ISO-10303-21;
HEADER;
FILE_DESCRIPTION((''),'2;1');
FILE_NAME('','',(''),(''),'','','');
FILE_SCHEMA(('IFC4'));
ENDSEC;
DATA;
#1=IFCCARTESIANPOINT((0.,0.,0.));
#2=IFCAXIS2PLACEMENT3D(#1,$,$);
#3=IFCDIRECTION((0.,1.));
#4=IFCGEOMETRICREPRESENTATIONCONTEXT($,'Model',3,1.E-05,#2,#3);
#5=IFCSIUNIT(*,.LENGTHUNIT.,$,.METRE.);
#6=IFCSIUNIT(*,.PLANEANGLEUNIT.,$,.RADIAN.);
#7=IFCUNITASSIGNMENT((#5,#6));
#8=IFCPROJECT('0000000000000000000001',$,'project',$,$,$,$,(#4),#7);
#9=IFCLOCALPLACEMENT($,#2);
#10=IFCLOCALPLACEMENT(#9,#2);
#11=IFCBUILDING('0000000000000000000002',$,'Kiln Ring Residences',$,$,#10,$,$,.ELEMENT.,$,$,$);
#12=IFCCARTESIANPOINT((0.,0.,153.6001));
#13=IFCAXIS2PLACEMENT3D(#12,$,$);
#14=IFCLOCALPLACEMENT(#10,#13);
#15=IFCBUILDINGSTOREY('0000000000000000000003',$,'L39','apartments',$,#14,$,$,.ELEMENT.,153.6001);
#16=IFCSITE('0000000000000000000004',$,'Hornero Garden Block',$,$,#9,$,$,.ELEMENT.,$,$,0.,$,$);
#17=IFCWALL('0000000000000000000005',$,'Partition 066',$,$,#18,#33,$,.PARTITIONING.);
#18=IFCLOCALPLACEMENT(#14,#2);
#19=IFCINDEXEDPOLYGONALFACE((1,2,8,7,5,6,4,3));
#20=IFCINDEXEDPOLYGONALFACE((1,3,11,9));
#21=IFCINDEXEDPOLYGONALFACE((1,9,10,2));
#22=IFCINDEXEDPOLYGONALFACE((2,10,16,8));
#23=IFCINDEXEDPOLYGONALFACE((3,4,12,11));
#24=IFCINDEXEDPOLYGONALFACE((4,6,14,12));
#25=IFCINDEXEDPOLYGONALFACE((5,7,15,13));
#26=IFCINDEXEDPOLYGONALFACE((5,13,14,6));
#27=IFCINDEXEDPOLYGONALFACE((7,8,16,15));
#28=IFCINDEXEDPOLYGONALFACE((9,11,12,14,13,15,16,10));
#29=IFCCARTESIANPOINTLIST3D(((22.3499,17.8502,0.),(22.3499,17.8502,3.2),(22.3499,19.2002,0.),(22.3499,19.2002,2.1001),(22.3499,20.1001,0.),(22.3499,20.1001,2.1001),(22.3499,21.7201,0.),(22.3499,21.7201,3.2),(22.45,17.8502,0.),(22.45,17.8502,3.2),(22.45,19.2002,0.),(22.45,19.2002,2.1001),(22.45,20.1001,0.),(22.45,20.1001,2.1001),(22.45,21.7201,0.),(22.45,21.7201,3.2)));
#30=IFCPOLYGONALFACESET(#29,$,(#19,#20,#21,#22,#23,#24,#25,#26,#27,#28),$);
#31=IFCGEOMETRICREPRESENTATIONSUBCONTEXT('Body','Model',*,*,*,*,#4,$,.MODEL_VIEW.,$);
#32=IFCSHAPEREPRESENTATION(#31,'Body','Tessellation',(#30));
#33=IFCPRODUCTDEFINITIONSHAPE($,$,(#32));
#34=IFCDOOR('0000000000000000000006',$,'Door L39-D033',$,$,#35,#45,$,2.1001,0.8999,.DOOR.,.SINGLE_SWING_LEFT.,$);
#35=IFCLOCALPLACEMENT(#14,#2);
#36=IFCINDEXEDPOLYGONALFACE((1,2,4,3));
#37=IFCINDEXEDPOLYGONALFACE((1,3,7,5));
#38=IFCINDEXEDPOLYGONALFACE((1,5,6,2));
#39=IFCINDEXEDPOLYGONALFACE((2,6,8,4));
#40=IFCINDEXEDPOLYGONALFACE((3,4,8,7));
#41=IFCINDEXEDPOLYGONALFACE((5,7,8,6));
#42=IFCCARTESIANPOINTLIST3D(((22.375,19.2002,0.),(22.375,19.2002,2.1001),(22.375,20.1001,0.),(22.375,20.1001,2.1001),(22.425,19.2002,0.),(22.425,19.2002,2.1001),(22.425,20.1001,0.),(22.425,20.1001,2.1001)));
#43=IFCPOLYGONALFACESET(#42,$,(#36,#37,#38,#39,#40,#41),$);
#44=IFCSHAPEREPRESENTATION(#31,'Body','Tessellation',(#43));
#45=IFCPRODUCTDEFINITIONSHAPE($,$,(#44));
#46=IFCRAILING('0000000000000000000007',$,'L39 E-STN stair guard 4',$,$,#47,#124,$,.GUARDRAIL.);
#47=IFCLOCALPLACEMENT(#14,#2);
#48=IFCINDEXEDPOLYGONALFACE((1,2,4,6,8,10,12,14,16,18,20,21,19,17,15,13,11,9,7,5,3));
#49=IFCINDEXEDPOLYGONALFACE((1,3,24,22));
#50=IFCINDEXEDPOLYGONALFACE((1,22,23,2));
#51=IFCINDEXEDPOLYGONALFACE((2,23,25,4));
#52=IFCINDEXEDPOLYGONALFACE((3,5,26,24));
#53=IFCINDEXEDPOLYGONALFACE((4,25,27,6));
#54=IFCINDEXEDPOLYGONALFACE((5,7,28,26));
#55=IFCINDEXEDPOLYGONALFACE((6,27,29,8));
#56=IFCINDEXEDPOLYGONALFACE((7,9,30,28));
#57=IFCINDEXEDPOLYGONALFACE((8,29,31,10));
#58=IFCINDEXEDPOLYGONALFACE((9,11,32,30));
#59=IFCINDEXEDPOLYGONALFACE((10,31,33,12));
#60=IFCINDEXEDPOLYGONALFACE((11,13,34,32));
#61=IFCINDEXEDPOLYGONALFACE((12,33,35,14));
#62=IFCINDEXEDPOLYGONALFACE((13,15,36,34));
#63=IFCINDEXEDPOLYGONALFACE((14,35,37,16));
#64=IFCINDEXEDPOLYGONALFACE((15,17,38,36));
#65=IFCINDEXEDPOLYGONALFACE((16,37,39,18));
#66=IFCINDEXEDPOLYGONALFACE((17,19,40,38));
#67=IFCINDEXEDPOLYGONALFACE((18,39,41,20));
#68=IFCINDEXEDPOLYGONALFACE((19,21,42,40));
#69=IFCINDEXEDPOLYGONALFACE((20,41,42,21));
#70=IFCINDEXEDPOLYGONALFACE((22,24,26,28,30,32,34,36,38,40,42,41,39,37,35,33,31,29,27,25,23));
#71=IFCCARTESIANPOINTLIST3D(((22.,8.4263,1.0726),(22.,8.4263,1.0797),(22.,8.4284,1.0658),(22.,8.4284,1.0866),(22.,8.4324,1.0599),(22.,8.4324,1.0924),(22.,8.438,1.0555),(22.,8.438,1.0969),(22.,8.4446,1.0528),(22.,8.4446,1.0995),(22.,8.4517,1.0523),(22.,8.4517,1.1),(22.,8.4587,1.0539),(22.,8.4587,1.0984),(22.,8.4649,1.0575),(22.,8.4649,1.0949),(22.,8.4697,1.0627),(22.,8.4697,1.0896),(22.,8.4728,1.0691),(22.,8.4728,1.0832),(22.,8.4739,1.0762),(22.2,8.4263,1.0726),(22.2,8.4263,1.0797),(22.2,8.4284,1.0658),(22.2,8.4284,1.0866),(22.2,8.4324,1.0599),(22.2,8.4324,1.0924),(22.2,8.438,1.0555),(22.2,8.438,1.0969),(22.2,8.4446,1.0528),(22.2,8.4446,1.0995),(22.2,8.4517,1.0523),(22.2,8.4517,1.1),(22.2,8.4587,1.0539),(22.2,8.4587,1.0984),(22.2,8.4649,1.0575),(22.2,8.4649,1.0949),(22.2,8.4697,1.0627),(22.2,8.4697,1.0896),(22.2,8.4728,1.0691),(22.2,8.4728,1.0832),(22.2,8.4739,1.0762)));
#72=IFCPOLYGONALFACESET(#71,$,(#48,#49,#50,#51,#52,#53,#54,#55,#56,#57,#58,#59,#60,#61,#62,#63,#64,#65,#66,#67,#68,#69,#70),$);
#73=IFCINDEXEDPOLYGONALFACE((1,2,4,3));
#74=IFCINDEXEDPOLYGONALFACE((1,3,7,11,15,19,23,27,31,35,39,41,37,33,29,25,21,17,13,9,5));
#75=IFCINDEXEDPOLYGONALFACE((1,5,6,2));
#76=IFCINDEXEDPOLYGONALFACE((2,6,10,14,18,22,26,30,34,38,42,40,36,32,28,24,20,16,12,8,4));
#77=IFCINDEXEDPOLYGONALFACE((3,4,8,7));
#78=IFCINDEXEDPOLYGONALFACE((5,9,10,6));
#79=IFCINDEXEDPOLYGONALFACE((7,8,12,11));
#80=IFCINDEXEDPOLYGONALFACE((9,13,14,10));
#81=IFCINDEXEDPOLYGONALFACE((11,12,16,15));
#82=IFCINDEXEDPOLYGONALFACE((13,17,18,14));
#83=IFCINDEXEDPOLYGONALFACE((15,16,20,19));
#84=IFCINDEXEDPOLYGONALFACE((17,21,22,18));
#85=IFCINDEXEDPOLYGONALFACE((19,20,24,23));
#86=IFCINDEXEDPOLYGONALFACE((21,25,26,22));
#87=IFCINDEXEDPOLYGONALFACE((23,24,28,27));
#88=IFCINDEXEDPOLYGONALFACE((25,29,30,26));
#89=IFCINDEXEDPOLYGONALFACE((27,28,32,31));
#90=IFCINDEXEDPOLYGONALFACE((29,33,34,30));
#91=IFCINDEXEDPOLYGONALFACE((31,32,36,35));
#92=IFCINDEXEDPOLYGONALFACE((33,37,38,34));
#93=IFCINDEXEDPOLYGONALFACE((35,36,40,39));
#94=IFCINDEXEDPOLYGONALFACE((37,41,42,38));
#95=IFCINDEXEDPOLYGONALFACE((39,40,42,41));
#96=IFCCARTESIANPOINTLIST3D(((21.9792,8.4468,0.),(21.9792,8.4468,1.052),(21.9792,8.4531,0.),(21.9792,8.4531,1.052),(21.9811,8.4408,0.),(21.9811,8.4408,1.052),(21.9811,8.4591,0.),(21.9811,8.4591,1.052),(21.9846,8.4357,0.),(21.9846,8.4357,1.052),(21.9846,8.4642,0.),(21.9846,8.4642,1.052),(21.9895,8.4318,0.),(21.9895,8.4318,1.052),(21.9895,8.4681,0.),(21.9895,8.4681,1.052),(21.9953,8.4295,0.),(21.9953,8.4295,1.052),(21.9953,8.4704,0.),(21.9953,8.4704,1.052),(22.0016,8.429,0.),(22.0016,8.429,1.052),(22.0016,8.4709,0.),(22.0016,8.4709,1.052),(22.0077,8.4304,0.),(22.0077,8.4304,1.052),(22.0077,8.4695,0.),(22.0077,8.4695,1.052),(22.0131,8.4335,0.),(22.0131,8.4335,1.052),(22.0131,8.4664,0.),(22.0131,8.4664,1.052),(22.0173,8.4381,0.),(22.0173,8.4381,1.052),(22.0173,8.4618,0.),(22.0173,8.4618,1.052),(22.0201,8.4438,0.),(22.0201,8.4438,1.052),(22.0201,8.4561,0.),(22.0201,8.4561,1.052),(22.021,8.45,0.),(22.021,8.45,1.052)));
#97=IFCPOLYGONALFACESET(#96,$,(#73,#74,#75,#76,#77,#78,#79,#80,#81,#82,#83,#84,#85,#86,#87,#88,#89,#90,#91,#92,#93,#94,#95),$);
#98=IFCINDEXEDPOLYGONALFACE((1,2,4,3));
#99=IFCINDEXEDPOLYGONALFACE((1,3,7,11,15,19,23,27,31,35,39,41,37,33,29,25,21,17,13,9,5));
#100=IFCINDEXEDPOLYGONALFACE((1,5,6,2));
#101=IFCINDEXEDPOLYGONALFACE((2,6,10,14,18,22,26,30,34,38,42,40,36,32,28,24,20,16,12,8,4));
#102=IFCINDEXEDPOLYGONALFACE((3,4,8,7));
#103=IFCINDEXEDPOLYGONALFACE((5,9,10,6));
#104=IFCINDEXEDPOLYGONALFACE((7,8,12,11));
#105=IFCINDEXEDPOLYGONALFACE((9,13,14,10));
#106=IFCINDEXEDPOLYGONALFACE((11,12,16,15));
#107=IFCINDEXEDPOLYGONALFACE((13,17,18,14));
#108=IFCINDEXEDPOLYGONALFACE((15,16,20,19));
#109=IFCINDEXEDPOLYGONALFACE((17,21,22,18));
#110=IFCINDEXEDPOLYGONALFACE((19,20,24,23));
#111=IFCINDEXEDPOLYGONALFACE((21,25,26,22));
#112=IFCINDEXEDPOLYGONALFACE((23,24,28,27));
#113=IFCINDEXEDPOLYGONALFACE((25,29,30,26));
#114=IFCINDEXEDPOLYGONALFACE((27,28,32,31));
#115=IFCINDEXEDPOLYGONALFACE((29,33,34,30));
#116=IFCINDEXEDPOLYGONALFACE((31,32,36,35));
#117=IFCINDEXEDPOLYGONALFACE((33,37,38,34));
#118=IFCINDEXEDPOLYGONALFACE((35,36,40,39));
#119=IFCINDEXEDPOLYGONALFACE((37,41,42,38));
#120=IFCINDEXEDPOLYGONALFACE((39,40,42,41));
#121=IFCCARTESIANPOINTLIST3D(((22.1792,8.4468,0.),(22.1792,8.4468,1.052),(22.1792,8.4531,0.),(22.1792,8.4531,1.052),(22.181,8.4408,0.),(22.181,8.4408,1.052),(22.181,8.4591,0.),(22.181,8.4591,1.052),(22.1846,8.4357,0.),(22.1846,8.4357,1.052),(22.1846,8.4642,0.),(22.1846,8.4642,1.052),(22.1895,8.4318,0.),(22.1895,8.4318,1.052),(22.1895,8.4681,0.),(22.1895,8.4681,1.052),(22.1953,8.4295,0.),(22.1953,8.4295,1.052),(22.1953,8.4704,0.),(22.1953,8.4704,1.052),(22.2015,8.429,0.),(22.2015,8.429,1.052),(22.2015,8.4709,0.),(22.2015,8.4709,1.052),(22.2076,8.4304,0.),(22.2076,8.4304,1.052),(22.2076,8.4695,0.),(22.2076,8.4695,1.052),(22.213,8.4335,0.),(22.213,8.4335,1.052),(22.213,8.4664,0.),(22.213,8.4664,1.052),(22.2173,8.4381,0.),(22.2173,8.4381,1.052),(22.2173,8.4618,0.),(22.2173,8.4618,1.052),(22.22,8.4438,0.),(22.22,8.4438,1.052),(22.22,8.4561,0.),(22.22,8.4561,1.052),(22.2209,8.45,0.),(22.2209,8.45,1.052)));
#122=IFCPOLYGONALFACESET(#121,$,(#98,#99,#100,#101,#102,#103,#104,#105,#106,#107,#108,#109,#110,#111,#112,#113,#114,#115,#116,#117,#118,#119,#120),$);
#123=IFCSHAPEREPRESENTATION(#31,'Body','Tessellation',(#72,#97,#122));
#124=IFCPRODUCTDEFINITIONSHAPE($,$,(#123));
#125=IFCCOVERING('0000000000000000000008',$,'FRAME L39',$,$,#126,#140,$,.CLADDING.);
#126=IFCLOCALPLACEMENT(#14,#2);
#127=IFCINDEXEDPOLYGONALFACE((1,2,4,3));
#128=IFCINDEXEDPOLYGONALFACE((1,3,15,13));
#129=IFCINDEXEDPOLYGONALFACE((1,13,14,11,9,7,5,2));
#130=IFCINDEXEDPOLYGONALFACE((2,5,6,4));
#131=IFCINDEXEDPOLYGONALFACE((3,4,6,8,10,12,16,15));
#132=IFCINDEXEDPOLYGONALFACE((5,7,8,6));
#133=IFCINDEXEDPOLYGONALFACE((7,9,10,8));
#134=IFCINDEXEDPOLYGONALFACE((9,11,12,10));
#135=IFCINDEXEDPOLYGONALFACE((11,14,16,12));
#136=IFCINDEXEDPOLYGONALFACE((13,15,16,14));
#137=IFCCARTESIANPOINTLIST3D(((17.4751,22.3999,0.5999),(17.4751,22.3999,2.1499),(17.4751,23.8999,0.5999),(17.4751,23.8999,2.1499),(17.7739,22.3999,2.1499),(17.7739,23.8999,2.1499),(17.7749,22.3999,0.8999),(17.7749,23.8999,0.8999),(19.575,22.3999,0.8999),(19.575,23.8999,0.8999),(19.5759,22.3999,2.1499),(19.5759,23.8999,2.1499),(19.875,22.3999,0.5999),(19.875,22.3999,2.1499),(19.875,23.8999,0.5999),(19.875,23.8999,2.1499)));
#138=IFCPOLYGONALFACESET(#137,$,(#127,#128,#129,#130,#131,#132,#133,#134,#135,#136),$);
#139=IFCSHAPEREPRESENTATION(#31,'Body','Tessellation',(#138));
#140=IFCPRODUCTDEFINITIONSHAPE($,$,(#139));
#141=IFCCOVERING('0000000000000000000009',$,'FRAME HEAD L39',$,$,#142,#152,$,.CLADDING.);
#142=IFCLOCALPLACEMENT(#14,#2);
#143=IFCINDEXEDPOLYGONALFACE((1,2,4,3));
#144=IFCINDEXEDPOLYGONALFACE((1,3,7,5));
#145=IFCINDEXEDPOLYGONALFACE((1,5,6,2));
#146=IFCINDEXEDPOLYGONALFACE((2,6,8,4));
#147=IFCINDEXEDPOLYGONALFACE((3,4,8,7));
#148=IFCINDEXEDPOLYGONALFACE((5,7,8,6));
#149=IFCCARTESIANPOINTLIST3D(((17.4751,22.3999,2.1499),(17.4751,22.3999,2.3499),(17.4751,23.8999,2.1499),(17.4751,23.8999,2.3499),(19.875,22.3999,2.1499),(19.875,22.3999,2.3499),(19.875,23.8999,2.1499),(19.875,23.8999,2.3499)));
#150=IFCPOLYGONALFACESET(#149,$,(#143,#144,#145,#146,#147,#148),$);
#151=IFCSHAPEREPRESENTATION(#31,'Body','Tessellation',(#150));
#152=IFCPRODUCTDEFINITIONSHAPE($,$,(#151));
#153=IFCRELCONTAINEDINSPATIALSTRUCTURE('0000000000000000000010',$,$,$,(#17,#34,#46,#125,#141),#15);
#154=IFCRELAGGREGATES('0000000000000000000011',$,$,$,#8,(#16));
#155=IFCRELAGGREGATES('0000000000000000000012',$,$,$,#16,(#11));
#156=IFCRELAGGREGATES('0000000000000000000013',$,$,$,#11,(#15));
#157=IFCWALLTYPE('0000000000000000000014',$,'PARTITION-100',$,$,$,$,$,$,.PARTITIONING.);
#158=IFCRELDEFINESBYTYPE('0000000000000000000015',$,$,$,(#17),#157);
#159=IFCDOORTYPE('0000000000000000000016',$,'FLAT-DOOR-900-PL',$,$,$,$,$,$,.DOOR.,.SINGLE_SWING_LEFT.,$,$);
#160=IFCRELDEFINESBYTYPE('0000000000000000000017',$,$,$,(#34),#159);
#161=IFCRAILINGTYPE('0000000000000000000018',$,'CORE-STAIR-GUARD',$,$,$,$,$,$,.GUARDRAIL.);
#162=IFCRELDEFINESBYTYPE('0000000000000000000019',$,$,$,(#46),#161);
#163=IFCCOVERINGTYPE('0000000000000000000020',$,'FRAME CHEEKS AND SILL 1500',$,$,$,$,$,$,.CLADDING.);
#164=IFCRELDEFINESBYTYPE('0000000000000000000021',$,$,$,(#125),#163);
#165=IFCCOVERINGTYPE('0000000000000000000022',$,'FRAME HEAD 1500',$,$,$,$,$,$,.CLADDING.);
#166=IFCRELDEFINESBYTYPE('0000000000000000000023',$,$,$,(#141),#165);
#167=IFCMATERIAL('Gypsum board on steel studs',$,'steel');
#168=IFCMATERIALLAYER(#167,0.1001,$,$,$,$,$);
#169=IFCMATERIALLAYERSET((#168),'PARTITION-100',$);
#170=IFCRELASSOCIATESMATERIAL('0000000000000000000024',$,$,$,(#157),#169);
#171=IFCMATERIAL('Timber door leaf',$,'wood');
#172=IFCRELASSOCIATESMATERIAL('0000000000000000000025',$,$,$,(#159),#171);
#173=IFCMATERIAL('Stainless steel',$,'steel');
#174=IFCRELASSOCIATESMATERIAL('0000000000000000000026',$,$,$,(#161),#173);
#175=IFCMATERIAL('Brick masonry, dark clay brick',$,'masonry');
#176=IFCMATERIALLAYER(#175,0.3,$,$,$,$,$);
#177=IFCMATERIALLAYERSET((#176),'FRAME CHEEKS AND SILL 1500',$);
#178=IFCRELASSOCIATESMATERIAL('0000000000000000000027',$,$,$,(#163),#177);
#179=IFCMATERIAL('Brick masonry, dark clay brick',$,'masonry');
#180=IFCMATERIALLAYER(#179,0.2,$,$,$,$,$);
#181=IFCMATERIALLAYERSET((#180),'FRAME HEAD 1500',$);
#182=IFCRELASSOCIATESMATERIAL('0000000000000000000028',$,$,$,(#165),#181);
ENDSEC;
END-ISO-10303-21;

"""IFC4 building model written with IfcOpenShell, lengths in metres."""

from ifc_helpers import new_model, si_unit, direction, frame, frame_2d, origin, origin_2d, place, context, subcontext, project, spatial, polyline, rectangle, circle, outline, extrude, material, layer, layer_set, type_object, element, fill, save


model = new_model("IFC4")

# Units and contexts
model_context = context("Model", 3, precision=1e-05, world=origin(), true_north=direction((0.0, 1.0)))
body_context = subcontext(model_context, "Body", "Model", "MODEL_VIEW")
ifc_project = project(units=[si_unit("LENGTHUNIT", "METRE"), si_unit("PLANEANGLEUNIT", "RADIAN")], contexts=[model_context])

# Site, building, storey
site_placement = place(None, origin())
site = spatial("IfcSite", under=ifc_project, at=site_placement, Name="Hornero Garden Block", CompositionType="ELEMENT", RefElevation=0.0)
building_placement = place(site_placement, origin())
building = spatial("IfcBuilding", under=site, at=building_placement, Name="Kiln Ring Residences", CompositionType="ELEMENT")
storey_placement = place(building_placement, frame((0.0, 0.0, 153.6001)))
storey = spatial("IfcBuildingStorey", under=building, at=storey_placement, Name="L39", Description="apartments", CompositionType="ELEMENT", Elevation=153.6001)

# Shared definitions
ifc_material_1 = material(Name="Gypsum board on steel studs", Category="steel")
ifc_layer_1 = layer(ifc_material_1, 0.1001)
ifc_layer_set_1 = layer_set([ifc_layer_1], Name="PARTITION-100")
wall_type_1 = type_object("IfcWallType", Name="PARTITION-100", PredefinedType="PARTITIONING", material=ifc_layer_set_1)

# Wall, opening, door
wall_1_placement = place(storey_placement, frame((22.3999, 17.8501, 0.0), z_axis=(0.0, 0.0, 1.0), x_axis=(0.0, 1.0, 0.0)))
wall_1 = element("IfcWall", 1, at=wall_1_placement, inside=storey, type_object=wall_type_1, Name="Partition 066", PredefinedType="PARTITIONING", context=body_context, shape_type="SweptSolid", body=[
    extrude(rectangle(XDim=3.8699, YDim=0.1001, at=frame_2d((1.9351, 0.0))), origin(), (0.0, 0.0, 1.0), 3.2),
])
opening_1_placement = place(wall_1_placement, frame((1.3501, 0.0, 0.0)))
opening_1 = element("IfcOpeningElement", 2, at=opening_1_placement, cuts=wall_1, PredefinedType="OPENING", context=body_context, shape_type="SweptSolid", body=[
    extrude(rectangle(XDim=0.8999, YDim=2.1001, at=frame_2d((0.45, 1.05))), frame((0.0, 0.0601, 0.0), z_axis=(0.0, -1.0, 0.0), x_axis=(1.0, 0.0, 0.0)), (0.0, 0.0, 1.0), 0.1201),
])
ifc_material_2 = material(Name="Timber door leaf", Category="wood")
door_type_1 = type_object("IfcDoorType", Name="FLAT-DOOR-900-PL", OperationType="SINGLE_SWING_LEFT", PredefinedType="DOOR", material=ifc_material_2)
door_1_placement = place(opening_1_placement, origin())
door_1 = element("IfcDoor", 3, at=door_1_placement, inside=storey, type_object=door_type_1, Name="Door L39-D033", OperationType="SINGLE_SWING_LEFT", OverallHeight=2.1001, OverallWidth=0.8999, PredefinedType="DOOR", context=body_context, shape_type="SweptSolid", body=[
    extrude(rectangle(XDim=0.8999, YDim=2.1001, at=frame_2d((0.45, 1.05))), frame((0.0, 0.0249, 0.0), z_axis=(0.0, -1.0, 0.0), x_axis=(1.0, 0.0, 0.0)), (0.0, 0.0, 1.0), 0.05),
])
fill(opening_1, door_1)

# Railing
ifc_material_3 = material(Name="Stainless steel", Category="steel")
railing_type = type_object("IfcRailingType", Name="CORE-STAIR-GUARD", PredefinedType="GUARDRAIL", material=ifc_material_3)
railing_placement = place(storey_placement, frame((22.0, 8.45, 0.0)))
element("IfcRailing", 4, at=railing_placement, inside=storey, type_object=railing_type, Name="L39 E-STN stair guard 4", PredefinedType="GUARDRAIL", context=body_context, shape_type="SweptSolid", body=[
    extrude(circle(Radius=0.0239, at=origin_2d()), frame((0.0, 0.0, 1.0762), z_axis=(1.0, 0.0, 0.0), x_axis=(0.0, 1.0, 0.0)), (0.0, 0.0, 1.0), 0.2),
    extrude(circle(Radius=0.021, at=origin_2d()), origin(), (0.0, 0.0, 1.0), 1.052),
    extrude(circle(Radius=0.021, at=origin_2d()), frame((0.2, 0.0, 0.0)), (0.0, 0.0, 1.0), 1.052),
])

# Coverings
ifc_material_4 = material(Name="Brick masonry, dark clay brick", Category="masonry")
ifc_layer_2 = layer(ifc_material_4, 0.3)
ifc_layer_set_2 = layer_set([ifc_layer_2], Name="FRAME CHEEKS AND SILL 1500")
covering_type_1 = type_object("IfcCoveringType", Name="FRAME CHEEKS AND SILL 1500", PredefinedType="CLADDING", material=ifc_layer_set_2)
covering_1_placement = place(storey_placement, frame((19.875, 23.1499, 0.5999), z_axis=(0.0, 0.0, 1.0), x_axis=(-1.0, 0.0, 0.0)))
element("IfcCovering", 5, at=covering_1_placement, inside=storey, type_object=covering_type_1, Name="FRAME L39", PredefinedType="CLADDING", context=body_context, shape_type="SweptSolid", body=[
    extrude(outline(polyline([(0.0, 0.0), (2.3999, 0.0), (2.3999, 1.55), (2.1011, 1.55), (2.1001, 0.3), (0.3, 0.3), (0.2991, 1.55), (0.0, 1.55), (0.0, 0.0)])), frame((0.0, 0.75, 0.0), z_axis=(0.0, -1.0, 0.0), x_axis=(1.0, 0.0, 0.0)), (0.0, 0.0, 1.0), 1.5),
])
ifc_material_5 = material(Name="Brick masonry, dark clay brick", Category="masonry")
ifc_layer_3 = layer(ifc_material_5, 0.2)
ifc_layer_set_3 = layer_set([ifc_layer_3], Name="FRAME HEAD 1500")
covering_type_2 = type_object("IfcCoveringType", Name="FRAME HEAD 1500", PredefinedType="CLADDING", material=ifc_layer_set_3)
covering_2_placement = place(storey_placement, frame((18.675, 23.1499, 2.1499), z_axis=(0.0, 0.0, 1.0), x_axis=(-1.0, 0.0, 0.0)))
element("IfcCovering", 6, at=covering_2_placement, inside=storey, type_object=covering_type_2, Name="FRAME HEAD L39", PredefinedType="CLADDING", context=body_context, shape_type="SweptSolid", body=[
    extrude(rectangle(XDim=2.3999, YDim=1.5, at=origin_2d()), origin(), (0.0, 0.0, 1.0), 0.2),
])

save(model, "model.ifc")
